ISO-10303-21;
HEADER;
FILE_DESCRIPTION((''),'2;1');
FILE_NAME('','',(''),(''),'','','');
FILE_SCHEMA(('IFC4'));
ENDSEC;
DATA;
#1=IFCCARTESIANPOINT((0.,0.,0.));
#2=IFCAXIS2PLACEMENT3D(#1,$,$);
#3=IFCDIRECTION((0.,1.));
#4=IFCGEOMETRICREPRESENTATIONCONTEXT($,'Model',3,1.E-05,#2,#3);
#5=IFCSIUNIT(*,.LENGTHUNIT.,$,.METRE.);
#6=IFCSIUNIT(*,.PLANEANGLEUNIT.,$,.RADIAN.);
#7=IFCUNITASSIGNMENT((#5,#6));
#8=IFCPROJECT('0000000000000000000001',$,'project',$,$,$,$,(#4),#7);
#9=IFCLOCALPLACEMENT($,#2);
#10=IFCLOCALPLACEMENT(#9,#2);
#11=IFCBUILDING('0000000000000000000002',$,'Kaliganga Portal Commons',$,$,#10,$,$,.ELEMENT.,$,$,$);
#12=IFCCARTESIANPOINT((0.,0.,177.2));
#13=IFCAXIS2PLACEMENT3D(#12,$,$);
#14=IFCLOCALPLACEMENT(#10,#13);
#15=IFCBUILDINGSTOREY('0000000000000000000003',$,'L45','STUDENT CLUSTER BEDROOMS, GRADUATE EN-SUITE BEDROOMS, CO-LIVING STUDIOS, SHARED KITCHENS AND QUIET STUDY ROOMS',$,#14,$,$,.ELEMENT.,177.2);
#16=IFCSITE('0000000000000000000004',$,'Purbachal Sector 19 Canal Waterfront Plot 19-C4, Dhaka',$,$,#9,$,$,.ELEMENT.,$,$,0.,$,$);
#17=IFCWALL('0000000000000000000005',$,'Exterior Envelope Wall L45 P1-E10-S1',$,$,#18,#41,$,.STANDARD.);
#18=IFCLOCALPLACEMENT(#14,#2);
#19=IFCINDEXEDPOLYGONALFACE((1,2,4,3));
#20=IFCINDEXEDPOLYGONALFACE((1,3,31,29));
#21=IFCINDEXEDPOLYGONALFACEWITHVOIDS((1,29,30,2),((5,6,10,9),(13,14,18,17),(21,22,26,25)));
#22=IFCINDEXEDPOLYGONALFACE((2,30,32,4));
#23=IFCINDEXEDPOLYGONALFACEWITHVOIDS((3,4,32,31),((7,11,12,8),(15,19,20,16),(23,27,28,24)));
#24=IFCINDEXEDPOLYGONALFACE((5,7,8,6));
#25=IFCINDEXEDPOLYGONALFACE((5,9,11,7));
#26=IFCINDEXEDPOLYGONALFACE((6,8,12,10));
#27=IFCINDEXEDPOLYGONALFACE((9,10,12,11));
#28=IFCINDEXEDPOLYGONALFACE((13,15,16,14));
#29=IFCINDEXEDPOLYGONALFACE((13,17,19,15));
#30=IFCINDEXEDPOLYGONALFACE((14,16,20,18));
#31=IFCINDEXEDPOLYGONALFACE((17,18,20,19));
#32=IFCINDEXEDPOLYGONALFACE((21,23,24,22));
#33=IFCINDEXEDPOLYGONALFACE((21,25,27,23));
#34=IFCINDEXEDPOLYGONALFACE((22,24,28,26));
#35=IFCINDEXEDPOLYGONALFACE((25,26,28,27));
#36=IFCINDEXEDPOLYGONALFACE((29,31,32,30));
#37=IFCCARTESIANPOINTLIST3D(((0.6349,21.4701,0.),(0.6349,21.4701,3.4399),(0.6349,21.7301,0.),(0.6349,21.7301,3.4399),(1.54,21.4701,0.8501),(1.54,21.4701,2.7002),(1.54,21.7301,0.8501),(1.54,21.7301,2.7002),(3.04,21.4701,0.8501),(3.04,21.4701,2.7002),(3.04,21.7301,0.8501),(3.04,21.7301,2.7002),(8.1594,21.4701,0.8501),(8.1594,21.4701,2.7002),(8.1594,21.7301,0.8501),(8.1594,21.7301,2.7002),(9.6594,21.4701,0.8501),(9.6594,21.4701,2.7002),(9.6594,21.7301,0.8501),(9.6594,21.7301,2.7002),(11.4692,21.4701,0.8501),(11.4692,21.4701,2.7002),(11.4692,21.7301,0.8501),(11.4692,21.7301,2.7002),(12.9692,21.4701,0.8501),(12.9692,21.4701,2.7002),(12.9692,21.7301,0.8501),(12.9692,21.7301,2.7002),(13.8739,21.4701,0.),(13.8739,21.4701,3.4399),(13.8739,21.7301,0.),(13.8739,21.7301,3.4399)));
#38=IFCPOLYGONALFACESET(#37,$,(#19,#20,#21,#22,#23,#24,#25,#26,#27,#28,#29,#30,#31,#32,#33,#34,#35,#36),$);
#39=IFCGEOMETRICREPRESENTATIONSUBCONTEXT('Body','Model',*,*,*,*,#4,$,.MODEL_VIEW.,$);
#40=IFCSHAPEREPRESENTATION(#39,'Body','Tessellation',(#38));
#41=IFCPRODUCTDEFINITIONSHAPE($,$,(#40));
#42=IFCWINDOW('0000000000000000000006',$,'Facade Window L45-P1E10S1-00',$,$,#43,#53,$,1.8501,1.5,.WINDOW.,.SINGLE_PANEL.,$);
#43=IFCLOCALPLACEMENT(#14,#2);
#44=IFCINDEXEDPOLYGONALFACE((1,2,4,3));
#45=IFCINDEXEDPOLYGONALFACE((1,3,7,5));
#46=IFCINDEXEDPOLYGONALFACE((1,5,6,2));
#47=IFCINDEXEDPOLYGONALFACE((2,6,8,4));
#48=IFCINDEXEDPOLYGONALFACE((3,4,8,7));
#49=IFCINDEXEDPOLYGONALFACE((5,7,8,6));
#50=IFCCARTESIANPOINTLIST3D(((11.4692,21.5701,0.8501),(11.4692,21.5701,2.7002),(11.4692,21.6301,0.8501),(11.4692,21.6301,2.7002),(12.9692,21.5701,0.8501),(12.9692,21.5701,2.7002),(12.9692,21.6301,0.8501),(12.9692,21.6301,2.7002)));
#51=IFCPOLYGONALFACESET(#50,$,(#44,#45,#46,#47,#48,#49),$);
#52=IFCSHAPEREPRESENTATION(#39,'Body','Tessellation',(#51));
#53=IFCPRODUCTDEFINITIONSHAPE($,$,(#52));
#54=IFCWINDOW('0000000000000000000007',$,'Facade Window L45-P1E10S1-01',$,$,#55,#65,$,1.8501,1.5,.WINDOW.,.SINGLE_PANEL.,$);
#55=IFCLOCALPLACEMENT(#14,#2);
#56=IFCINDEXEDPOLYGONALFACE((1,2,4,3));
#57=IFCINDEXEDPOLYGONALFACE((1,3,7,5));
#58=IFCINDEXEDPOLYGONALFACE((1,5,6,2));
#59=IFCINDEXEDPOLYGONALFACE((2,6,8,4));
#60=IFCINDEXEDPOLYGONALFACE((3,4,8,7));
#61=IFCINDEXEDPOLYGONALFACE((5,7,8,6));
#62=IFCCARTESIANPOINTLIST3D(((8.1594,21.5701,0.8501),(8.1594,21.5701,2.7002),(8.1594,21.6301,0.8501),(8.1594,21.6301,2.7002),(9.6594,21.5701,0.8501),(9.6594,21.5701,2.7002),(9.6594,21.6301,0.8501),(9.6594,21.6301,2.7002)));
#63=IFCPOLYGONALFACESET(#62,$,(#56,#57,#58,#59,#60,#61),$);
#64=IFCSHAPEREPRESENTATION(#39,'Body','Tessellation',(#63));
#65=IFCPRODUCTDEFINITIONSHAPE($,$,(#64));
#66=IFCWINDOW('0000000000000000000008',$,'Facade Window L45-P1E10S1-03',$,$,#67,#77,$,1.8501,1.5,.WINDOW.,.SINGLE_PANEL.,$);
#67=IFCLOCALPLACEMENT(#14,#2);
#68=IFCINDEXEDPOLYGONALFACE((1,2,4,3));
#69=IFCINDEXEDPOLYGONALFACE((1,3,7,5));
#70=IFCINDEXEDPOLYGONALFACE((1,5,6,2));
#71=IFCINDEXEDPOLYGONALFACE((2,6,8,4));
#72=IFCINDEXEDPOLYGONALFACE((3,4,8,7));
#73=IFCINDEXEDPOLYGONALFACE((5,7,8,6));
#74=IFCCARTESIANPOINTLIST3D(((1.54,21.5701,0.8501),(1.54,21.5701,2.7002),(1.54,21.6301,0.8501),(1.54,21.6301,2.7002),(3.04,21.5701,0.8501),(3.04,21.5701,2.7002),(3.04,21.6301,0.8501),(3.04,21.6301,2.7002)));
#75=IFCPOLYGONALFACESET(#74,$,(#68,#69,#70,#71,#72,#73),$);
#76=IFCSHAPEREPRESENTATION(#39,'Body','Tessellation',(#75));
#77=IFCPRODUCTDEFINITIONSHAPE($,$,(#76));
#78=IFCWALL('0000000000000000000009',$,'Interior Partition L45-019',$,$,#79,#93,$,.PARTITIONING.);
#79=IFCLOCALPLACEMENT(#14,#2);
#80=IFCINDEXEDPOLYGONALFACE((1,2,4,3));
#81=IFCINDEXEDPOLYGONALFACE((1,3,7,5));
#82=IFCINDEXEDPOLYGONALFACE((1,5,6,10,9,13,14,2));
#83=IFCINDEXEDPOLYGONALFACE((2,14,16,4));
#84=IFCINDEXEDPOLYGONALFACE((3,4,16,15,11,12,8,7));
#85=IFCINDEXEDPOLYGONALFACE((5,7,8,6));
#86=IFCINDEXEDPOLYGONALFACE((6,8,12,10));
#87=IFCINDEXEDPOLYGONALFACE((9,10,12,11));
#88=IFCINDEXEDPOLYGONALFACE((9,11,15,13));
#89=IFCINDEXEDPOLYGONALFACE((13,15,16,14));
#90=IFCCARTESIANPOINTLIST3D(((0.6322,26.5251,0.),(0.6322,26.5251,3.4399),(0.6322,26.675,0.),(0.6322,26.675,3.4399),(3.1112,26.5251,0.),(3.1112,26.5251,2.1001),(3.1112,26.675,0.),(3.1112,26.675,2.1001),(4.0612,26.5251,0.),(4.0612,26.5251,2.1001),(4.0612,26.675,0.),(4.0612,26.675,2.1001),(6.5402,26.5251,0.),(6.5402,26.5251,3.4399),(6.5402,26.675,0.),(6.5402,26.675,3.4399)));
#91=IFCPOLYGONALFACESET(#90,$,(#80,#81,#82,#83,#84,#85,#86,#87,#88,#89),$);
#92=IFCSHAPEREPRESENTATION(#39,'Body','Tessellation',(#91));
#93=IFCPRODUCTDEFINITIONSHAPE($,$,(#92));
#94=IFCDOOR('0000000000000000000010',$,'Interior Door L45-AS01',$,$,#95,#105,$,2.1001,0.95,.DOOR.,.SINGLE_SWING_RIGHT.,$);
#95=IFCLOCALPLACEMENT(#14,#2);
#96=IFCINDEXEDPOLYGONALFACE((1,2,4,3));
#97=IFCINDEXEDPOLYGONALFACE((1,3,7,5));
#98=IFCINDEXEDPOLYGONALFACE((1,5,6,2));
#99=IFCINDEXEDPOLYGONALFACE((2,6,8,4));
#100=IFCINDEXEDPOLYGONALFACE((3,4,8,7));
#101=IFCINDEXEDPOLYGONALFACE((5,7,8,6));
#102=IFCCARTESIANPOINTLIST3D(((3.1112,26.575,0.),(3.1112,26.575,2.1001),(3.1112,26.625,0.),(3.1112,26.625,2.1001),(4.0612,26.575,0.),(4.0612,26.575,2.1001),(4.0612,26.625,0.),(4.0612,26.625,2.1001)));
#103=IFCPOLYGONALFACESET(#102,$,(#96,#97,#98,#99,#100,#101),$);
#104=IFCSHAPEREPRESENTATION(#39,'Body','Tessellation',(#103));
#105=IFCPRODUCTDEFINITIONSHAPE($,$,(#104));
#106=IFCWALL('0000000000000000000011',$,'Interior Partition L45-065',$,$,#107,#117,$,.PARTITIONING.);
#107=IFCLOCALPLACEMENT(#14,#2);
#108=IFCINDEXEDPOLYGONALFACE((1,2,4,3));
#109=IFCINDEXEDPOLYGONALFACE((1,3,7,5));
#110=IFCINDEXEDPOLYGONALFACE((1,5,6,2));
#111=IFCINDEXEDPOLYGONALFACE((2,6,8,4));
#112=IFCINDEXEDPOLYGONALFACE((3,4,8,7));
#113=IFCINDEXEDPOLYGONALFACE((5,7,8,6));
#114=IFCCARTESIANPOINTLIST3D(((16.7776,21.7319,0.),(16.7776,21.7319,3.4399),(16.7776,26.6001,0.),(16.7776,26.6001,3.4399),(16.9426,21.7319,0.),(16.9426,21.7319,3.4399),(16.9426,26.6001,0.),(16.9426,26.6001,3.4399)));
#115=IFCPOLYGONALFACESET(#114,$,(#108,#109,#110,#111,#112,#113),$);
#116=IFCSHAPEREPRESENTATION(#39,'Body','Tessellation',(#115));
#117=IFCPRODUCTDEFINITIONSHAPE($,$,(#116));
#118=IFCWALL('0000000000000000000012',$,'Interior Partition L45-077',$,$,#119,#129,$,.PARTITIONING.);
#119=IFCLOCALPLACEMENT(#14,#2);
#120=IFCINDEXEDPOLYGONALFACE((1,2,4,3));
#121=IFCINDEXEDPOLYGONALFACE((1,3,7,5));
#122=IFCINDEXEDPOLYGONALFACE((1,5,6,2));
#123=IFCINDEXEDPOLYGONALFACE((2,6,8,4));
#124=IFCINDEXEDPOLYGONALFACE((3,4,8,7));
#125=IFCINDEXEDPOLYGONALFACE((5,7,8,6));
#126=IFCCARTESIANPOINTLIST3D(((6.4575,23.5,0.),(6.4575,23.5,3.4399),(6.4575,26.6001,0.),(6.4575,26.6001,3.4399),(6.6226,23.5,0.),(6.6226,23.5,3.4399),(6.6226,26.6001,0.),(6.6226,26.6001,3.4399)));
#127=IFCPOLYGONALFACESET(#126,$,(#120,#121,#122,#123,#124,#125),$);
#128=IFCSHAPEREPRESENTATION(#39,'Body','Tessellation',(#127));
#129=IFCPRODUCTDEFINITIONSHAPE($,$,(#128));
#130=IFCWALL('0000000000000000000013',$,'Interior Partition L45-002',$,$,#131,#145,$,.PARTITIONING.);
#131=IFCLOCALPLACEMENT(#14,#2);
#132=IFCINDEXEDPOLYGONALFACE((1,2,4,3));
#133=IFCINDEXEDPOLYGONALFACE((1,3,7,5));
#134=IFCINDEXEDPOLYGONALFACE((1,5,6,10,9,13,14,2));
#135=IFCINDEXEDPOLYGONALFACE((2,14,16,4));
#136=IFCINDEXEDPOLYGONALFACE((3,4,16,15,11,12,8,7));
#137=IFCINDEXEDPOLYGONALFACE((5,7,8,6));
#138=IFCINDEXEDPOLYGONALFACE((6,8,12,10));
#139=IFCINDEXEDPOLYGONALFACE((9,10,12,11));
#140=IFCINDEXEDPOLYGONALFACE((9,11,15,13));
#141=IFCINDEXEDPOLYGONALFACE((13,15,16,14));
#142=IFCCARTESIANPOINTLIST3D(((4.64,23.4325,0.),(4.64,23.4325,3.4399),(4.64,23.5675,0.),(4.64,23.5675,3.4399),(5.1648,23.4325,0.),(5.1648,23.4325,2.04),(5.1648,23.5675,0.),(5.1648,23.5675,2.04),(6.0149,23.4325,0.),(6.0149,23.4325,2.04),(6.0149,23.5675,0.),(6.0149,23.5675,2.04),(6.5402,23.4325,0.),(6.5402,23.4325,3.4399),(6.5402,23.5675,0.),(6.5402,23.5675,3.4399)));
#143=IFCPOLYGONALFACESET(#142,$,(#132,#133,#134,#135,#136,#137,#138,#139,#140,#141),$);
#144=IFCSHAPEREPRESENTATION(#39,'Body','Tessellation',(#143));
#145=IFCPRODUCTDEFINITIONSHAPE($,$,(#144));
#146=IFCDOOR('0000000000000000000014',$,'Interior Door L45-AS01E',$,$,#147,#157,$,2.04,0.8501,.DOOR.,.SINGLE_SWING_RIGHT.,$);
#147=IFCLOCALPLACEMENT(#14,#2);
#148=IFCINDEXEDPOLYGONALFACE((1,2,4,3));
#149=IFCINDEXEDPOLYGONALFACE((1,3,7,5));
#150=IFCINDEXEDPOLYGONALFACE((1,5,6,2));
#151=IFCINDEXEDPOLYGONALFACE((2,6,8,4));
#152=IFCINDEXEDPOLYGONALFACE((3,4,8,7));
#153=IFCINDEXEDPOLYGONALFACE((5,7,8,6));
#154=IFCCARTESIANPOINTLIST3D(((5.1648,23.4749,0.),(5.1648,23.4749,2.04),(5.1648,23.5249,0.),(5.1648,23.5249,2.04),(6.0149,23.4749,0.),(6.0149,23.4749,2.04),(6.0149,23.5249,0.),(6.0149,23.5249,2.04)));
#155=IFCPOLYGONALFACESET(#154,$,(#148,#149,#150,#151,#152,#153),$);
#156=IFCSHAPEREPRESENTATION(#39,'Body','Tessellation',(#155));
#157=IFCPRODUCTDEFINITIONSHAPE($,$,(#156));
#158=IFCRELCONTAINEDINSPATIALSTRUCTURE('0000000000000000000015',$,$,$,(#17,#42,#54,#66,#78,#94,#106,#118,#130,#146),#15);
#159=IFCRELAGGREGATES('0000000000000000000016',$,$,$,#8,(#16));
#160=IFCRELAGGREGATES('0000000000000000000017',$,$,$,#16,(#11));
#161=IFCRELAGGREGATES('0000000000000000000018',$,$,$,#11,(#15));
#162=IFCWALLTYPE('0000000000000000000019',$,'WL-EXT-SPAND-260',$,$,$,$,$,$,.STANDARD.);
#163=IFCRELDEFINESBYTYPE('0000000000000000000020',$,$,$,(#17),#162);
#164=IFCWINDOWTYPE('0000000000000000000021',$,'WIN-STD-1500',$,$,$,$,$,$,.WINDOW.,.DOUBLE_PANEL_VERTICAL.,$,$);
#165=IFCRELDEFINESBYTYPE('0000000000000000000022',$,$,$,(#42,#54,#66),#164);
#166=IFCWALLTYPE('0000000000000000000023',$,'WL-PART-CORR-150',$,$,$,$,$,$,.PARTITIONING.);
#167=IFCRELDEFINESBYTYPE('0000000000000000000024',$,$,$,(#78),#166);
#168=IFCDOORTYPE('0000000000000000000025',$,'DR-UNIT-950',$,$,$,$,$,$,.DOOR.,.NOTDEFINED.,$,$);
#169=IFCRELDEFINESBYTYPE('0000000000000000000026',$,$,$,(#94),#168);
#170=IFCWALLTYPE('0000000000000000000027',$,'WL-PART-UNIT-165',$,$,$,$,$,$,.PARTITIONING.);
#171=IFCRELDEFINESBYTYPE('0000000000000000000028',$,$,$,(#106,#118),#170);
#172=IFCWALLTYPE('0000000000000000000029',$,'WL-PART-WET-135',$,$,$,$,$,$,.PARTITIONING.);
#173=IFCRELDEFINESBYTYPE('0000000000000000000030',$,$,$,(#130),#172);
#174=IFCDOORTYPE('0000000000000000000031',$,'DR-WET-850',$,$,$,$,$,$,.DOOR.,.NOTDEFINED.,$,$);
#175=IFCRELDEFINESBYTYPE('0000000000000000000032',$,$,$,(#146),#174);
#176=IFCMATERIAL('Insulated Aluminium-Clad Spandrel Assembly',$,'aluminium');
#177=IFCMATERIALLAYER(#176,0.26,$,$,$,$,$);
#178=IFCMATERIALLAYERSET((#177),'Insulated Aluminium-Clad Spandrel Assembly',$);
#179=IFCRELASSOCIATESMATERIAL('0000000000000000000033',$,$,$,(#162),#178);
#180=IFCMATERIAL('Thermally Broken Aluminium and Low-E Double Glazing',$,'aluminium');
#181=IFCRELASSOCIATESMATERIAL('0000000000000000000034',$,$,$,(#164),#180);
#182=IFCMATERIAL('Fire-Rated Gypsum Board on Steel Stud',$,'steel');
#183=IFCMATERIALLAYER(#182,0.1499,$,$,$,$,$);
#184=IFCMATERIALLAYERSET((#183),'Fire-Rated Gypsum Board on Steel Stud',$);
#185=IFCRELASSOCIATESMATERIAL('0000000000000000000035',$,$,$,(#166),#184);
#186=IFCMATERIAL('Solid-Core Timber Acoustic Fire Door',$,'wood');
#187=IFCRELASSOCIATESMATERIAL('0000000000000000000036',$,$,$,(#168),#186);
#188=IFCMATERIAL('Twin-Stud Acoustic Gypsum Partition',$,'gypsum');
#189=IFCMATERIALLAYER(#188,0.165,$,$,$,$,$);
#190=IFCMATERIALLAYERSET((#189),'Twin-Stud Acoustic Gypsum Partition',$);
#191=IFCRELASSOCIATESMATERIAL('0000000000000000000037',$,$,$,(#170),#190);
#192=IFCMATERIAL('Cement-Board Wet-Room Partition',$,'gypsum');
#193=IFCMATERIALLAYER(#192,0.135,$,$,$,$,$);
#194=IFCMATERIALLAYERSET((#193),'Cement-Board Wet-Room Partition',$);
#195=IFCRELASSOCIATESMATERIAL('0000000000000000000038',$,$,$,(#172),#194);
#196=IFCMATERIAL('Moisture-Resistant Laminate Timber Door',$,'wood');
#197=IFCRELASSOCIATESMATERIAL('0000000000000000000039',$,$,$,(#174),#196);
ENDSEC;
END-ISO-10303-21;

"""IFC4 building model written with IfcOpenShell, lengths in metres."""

from ifc_helpers import new_model, si_unit, direction, frame, frame_2d, origin, place, context, subcontext, project, spatial, rectangle, extrude, material, layer, layer_set, type_object, element, fill, save


model = new_model("IFC4")

# Units and contexts
model_context = context("Model", 3, precision=1e-05, world=origin(), true_north=direction((0.0, 1.0)))
body_context = subcontext(model_context, "Body", "Model", "MODEL_VIEW")
ifc_project = project(units=[si_unit("LENGTHUNIT", "METRE"), si_unit("PLANEANGLEUNIT", "RADIAN")], contexts=[model_context])

# Site, building, storey
site_placement = place(None, origin())
site = spatial("IfcSite", under=ifc_project, at=site_placement, Name="Purbachal Sector 19 Canal Waterfront Plot 19-C4, Dhaka", CompositionType="ELEMENT", RefElevation=0.0)
building_placement = place(site_placement, origin())
building = spatial("IfcBuilding", under=site, at=building_placement, Name="Kaliganga Portal Commons", CompositionType="ELEMENT")
storey_placement = place(building_placement, frame((0.0, 0.0, 177.2)))
storey = spatial("IfcBuildingStorey", under=building, at=storey_placement, Name="L45", Description="STUDENT CLUSTER BEDROOMS, GRADUATE EN-SUITE BEDROOMS, CO-LIVING STUDIOS, SHARED KITCHENS AND QUIET STUDY ROOMS", CompositionType="ELEMENT", Elevation=177.2)

# Wall, openings, windows
ifc_material_1 = material(Name="Insulated Aluminium-Clad Spandrel Assembly", Category="aluminium")
ifc_layer_1 = layer(ifc_material_1, 0.26)
ifc_layer_set_1 = layer_set([ifc_layer_1], Name="Insulated Aluminium-Clad Spandrel Assembly")
wall_type_1 = type_object("IfcWallType", Name="WL-EXT-SPAND-260", PredefinedType="STANDARD", material=ifc_layer_set_1)
ifc_material_2 = material(Name="Thermally Broken Aluminium and Low-E Double Glazing", Category="aluminium")
window_type_1 = type_object("IfcWindowType", Name="WIN-STD-1500", PartitioningType="DOUBLE_PANEL_VERTICAL", PredefinedType="WINDOW", material=ifc_material_2)
wall_1_placement = place(storey_placement, frame((13.874, 21.6001, 0.0), z_axis=(0.0, 0.0, 1.0), x_axis=(-1.0, 0.0, 0.0)))
wall_1 = element("IfcWall", 1, at=wall_1_placement, inside=storey, type_object=wall_type_1, Name="Exterior Envelope Wall L45 P1-E10-S1", PredefinedType="STANDARD", context=body_context, shape_type="SweptSolid", body=[
    extrude(rectangle(XDim=13.239, YDim=0.26, at=frame_2d((6.6196, 0.0))), origin(), (0.0, 0.0, 1.0), 3.4399),
])
opening_1_placement = place(wall_1_placement, frame((0.9048, 0.0, 0.8501)))
opening_1 = element("IfcOpeningElement", 2, at=opening_1_placement, cuts=wall_1, PredefinedType="OPENING", context=body_context, shape_type="SweptSolid", body=[
    extrude(rectangle(XDim=1.5, YDim=1.8501, at=frame_2d((0.75, 0.925))), frame((0.0, 0.1401, 0.0), z_axis=(0.0, -1.0, 0.0), x_axis=(1.0, 0.0, 0.0)), (0.0, 0.0, 1.0), 0.28),
])
opening_2_placement = place(wall_1_placement, frame((4.2146, 0.0, 0.8501)))
opening_2 = element("IfcOpeningElement", 3, at=opening_2_placement, cuts=wall_1, PredefinedType="OPENING", context=body_context, shape_type="SweptSolid", body=[
    extrude(rectangle(XDim=1.5, YDim=1.8501, at=frame_2d((0.75, 0.925))), frame((0.0, 0.1401, 0.0), z_axis=(0.0, -1.0, 0.0), x_axis=(1.0, 0.0, 0.0)), (0.0, 0.0, 1.0), 0.28),
])
opening_3_placement = place(wall_1_placement, frame((10.834, 0.0, 0.8501)))
opening_3 = element("IfcOpeningElement", 4, at=opening_3_placement, cuts=wall_1, PredefinedType="OPENING", context=body_context, shape_type="SweptSolid", body=[
    extrude(rectangle(XDim=1.5, YDim=1.8501, at=frame_2d((0.75, 0.925))), frame((0.0, 0.1401, 0.0), z_axis=(0.0, -1.0, 0.0), x_axis=(1.0, 0.0, 0.0)), (0.0, 0.0, 1.0), 0.28),
])
window_1_placement = place(opening_1_placement, origin())
window_1 = element("IfcWindow", 5, at=window_1_placement, inside=storey, type_object=window_type_1, Name="Facade Window L45-P1E10S1-00", OverallHeight=1.8501, OverallWidth=1.5, PartitioningType="SINGLE_PANEL", PredefinedType="WINDOW", context=body_context, shape_type="SweptSolid", body=[
    extrude(rectangle(XDim=1.5, YDim=1.8501, at=frame_2d((0.75, 0.925))), frame((0.0, 0.03, 0.0), z_axis=(0.0, -1.0, 0.0), x_axis=(1.0, 0.0, 0.0)), (0.0, 0.0, 1.0), 0.0601),
])
fill(opening_1, window_1)
window_2_placement = place(opening_2_placement, origin())
window_2 = element("IfcWindow", 6, at=window_2_placement, inside=storey, type_object=window_type_1, Name="Facade Window L45-P1E10S1-01", OverallHeight=1.8501, OverallWidth=1.5, PartitioningType="SINGLE_PANEL", PredefinedType="WINDOW", context=body_context, shape_type="SweptSolid", body=[
    extrude(rectangle(XDim=1.5, YDim=1.8501, at=frame_2d((0.75, 0.925))), frame((0.0, 0.03, 0.0), z_axis=(0.0, -1.0, 0.0), x_axis=(1.0, 0.0, 0.0)), (0.0, 0.0, 1.0), 0.0601),
])
fill(opening_2, window_2)
window_3_placement = place(opening_3_placement, origin())
window_3 = element("IfcWindow", 7, at=window_3_placement, inside=storey, type_object=window_type_1, Name="Facade Window L45-P1E10S1-03", OverallHeight=1.8501, OverallWidth=1.5, PartitioningType="SINGLE_PANEL", PredefinedType="WINDOW", context=body_context, shape_type="SweptSolid", body=[
    extrude(rectangle(XDim=1.5, YDim=1.8501, at=frame_2d((0.75, 0.925))), frame((0.0, 0.03, 0.0), z_axis=(0.0, -1.0, 0.0), x_axis=(1.0, 0.0, 0.0)), (0.0, 0.0, 1.0), 0.0601),
])
fill(opening_3, window_3)

# Wall, opening, door
ifc_material_3 = material(Name="Fire-Rated Gypsum Board on Steel Stud", Category="steel")
ifc_layer_2 = layer(ifc_material_3, 0.1499)
ifc_layer_set_2 = layer_set([ifc_layer_2], Name="Fire-Rated Gypsum Board on Steel Stud")
wall_type_2 = type_object("IfcWallType", Name="WL-PART-CORR-150", PredefinedType="PARTITIONING", material=ifc_layer_set_2)
wall_2_placement = place(storey_placement, frame((0.6321, 26.6001, 0.0), z_axis=(0.0, 0.0, 1.0), x_axis=(1.0, 0.0, 0.0)))
wall_2 = element("IfcWall", 8, at=wall_2_placement, inside=storey, type_object=wall_type_2, Name="Interior Partition L45-019", PredefinedType="PARTITIONING", context=body_context, shape_type="SweptSolid", body=[
    extrude(rectangle(XDim=5.908, YDim=0.1499, at=frame_2d((2.9541, 0.0))), origin(), (0.0, 0.0, 1.0), 3.4399),
])
opening_4_placement = place(wall_2_placement, frame((2.479, 0.0, 0.0)))
opening_4 = element("IfcOpeningElement", 9, at=opening_4_placement, cuts=wall_2, PredefinedType="OPENING", context=body_context, shape_type="SweptSolid", body=[
    extrude(rectangle(XDim=0.95, YDim=2.1001, at=frame_2d((0.4751, 1.05))), frame((0.0, 0.085, 0.0), z_axis=(0.0, -1.0, 0.0), x_axis=(1.0, 0.0, 0.0)), (0.0, 0.0, 1.0), 0.1699),
])
ifc_material_4 = material(Name="Solid-Core Timber Acoustic Fire Door", Category="wood")
door_type_1 = type_object("IfcDoorType", Name="DR-UNIT-950", OperationType="NOTDEFINED", PredefinedType="DOOR", material=ifc_material_4)
door_1_placement = place(opening_4_placement, origin())
door_1 = element("IfcDoor", 10, at=door_1_placement, inside=storey, type_object=door_type_1, Name="Interior Door L45-AS01", OperationType="SINGLE_SWING_RIGHT", OverallHeight=2.1001, OverallWidth=0.95, PredefinedType="DOOR", context=body_context, shape_type="SweptSolid", body=[
    extrude(rectangle(XDim=0.95, YDim=2.1001, at=frame_2d((0.4751, 1.05))), frame((0.0, 0.0249, 0.0), z_axis=(0.0, -1.0, 0.0), x_axis=(1.0, 0.0, 0.0)), (0.0, 0.0, 1.0), 0.05),
])
fill(opening_4, door_1)

# Walls
ifc_material_5 = material(Name="Twin-Stud Acoustic Gypsum Partition", Category="gypsum")
ifc_layer_3 = layer(ifc_material_5, 0.165)
ifc_layer_set_3 = layer_set([ifc_layer_3], Name="Twin-Stud Acoustic Gypsum Partition")
wall_type_3 = type_object("IfcWallType", Name="WL-PART-UNIT-165", PredefinedType="PARTITIONING", material=ifc_layer_set_3)
wall_3_placement = place(storey_placement, frame((16.8601, 21.7319, 0.0), z_axis=(0.0, 0.0, 1.0), x_axis=(0.0, 1.0, 0.0)))
element("IfcWall", 11, at=wall_3_placement, inside=storey, type_object=wall_type_3, Name="Interior Partition L45-065", PredefinedType="PARTITIONING", context=body_context, shape_type="SweptSolid", body=[
    extrude(rectangle(XDim=4.8682, YDim=0.165, at=frame_2d((2.4341, 0.0))), origin(), (0.0, 0.0, 1.0), 3.4399),
])
wall_4_placement = place(storey_placement, frame((6.54, 23.5, 0.0), z_axis=(0.0, 0.0, 1.0), x_axis=(0.0, 1.0, 0.0)))
element("IfcWall", 12, at=wall_4_placement, inside=storey, type_object=wall_type_3, Name="Interior Partition L45-077", PredefinedType="PARTITIONING", context=body_context, shape_type="SweptSolid", body=[
    extrude(rectangle(XDim=3.1001, YDim=0.165, at=frame_2d((1.55, 0.0))), origin(), (0.0, 0.0, 1.0), 3.4399),
])

# Wall, opening, door
ifc_material_6 = material(Name="Cement-Board Wet-Room Partition", Category="gypsum")
ifc_layer_4 = layer(ifc_material_6, 0.135)
ifc_layer_set_4 = layer_set([ifc_layer_4], Name="Cement-Board Wet-Room Partition")
wall_type_4 = type_object("IfcWallType", Name="WL-PART-WET-135", PredefinedType="PARTITIONING", material=ifc_layer_set_4)
wall_5_placement = place(storey_placement, frame((4.6399, 23.5, 0.0), z_axis=(0.0, 0.0, 1.0), x_axis=(1.0, 0.0, 0.0)))
wall_5 = element("IfcWall", 13, at=wall_5_placement, inside=storey, type_object=wall_type_4, Name="Interior Partition L45-002", PredefinedType="PARTITIONING", context=body_context, shape_type="SweptSolid", body=[
    extrude(rectangle(XDim=1.9001, YDim=0.135, at=frame_2d((0.9502, 0.0))), origin(), (0.0, 0.0, 1.0), 3.4399),
])
opening_5_placement = place(wall_5_placement, frame((0.5249, 0.0, 0.0)))
opening_5 = element("IfcOpeningElement", 14, at=opening_5_placement, cuts=wall_5, PredefinedType="OPENING", context=body_context, shape_type="SweptSolid", body=[
    extrude(rectangle(XDim=0.8501, YDim=2.04, at=frame_2d((0.425, 1.02))), frame((0.0, 0.0776, 0.0), z_axis=(0.0, -1.0, 0.0), x_axis=(1.0, 0.0, 0.0)), (0.0, 0.0, 1.0), 0.155),
])
ifc_material_7 = material(Name="Moisture-Resistant Laminate Timber Door", Category="wood")
door_type_2 = type_object("IfcDoorType", Name="DR-WET-850", OperationType="NOTDEFINED", PredefinedType="DOOR", material=ifc_material_7)
door_2_placement = place(opening_5_placement, origin())
door_2 = element("IfcDoor", 15, at=door_2_placement, inside=storey, type_object=door_type_2, Name="Interior Door L45-AS01E", OperationType="SINGLE_SWING_RIGHT", OverallHeight=2.04, OverallWidth=0.8501, PredefinedType="DOOR", context=body_context, shape_type="SweptSolid", body=[
    extrude(rectangle(XDim=0.8501, YDim=2.04, at=frame_2d((0.425, 1.02))), frame((0.0, 0.0249, 0.0), z_axis=(0.0, -1.0, 0.0), x_axis=(1.0, 0.0, 0.0)), (0.0, 0.0, 1.0), 0.05),
])
fill(opening_5, door_2)

save(model, "model.ifc")
